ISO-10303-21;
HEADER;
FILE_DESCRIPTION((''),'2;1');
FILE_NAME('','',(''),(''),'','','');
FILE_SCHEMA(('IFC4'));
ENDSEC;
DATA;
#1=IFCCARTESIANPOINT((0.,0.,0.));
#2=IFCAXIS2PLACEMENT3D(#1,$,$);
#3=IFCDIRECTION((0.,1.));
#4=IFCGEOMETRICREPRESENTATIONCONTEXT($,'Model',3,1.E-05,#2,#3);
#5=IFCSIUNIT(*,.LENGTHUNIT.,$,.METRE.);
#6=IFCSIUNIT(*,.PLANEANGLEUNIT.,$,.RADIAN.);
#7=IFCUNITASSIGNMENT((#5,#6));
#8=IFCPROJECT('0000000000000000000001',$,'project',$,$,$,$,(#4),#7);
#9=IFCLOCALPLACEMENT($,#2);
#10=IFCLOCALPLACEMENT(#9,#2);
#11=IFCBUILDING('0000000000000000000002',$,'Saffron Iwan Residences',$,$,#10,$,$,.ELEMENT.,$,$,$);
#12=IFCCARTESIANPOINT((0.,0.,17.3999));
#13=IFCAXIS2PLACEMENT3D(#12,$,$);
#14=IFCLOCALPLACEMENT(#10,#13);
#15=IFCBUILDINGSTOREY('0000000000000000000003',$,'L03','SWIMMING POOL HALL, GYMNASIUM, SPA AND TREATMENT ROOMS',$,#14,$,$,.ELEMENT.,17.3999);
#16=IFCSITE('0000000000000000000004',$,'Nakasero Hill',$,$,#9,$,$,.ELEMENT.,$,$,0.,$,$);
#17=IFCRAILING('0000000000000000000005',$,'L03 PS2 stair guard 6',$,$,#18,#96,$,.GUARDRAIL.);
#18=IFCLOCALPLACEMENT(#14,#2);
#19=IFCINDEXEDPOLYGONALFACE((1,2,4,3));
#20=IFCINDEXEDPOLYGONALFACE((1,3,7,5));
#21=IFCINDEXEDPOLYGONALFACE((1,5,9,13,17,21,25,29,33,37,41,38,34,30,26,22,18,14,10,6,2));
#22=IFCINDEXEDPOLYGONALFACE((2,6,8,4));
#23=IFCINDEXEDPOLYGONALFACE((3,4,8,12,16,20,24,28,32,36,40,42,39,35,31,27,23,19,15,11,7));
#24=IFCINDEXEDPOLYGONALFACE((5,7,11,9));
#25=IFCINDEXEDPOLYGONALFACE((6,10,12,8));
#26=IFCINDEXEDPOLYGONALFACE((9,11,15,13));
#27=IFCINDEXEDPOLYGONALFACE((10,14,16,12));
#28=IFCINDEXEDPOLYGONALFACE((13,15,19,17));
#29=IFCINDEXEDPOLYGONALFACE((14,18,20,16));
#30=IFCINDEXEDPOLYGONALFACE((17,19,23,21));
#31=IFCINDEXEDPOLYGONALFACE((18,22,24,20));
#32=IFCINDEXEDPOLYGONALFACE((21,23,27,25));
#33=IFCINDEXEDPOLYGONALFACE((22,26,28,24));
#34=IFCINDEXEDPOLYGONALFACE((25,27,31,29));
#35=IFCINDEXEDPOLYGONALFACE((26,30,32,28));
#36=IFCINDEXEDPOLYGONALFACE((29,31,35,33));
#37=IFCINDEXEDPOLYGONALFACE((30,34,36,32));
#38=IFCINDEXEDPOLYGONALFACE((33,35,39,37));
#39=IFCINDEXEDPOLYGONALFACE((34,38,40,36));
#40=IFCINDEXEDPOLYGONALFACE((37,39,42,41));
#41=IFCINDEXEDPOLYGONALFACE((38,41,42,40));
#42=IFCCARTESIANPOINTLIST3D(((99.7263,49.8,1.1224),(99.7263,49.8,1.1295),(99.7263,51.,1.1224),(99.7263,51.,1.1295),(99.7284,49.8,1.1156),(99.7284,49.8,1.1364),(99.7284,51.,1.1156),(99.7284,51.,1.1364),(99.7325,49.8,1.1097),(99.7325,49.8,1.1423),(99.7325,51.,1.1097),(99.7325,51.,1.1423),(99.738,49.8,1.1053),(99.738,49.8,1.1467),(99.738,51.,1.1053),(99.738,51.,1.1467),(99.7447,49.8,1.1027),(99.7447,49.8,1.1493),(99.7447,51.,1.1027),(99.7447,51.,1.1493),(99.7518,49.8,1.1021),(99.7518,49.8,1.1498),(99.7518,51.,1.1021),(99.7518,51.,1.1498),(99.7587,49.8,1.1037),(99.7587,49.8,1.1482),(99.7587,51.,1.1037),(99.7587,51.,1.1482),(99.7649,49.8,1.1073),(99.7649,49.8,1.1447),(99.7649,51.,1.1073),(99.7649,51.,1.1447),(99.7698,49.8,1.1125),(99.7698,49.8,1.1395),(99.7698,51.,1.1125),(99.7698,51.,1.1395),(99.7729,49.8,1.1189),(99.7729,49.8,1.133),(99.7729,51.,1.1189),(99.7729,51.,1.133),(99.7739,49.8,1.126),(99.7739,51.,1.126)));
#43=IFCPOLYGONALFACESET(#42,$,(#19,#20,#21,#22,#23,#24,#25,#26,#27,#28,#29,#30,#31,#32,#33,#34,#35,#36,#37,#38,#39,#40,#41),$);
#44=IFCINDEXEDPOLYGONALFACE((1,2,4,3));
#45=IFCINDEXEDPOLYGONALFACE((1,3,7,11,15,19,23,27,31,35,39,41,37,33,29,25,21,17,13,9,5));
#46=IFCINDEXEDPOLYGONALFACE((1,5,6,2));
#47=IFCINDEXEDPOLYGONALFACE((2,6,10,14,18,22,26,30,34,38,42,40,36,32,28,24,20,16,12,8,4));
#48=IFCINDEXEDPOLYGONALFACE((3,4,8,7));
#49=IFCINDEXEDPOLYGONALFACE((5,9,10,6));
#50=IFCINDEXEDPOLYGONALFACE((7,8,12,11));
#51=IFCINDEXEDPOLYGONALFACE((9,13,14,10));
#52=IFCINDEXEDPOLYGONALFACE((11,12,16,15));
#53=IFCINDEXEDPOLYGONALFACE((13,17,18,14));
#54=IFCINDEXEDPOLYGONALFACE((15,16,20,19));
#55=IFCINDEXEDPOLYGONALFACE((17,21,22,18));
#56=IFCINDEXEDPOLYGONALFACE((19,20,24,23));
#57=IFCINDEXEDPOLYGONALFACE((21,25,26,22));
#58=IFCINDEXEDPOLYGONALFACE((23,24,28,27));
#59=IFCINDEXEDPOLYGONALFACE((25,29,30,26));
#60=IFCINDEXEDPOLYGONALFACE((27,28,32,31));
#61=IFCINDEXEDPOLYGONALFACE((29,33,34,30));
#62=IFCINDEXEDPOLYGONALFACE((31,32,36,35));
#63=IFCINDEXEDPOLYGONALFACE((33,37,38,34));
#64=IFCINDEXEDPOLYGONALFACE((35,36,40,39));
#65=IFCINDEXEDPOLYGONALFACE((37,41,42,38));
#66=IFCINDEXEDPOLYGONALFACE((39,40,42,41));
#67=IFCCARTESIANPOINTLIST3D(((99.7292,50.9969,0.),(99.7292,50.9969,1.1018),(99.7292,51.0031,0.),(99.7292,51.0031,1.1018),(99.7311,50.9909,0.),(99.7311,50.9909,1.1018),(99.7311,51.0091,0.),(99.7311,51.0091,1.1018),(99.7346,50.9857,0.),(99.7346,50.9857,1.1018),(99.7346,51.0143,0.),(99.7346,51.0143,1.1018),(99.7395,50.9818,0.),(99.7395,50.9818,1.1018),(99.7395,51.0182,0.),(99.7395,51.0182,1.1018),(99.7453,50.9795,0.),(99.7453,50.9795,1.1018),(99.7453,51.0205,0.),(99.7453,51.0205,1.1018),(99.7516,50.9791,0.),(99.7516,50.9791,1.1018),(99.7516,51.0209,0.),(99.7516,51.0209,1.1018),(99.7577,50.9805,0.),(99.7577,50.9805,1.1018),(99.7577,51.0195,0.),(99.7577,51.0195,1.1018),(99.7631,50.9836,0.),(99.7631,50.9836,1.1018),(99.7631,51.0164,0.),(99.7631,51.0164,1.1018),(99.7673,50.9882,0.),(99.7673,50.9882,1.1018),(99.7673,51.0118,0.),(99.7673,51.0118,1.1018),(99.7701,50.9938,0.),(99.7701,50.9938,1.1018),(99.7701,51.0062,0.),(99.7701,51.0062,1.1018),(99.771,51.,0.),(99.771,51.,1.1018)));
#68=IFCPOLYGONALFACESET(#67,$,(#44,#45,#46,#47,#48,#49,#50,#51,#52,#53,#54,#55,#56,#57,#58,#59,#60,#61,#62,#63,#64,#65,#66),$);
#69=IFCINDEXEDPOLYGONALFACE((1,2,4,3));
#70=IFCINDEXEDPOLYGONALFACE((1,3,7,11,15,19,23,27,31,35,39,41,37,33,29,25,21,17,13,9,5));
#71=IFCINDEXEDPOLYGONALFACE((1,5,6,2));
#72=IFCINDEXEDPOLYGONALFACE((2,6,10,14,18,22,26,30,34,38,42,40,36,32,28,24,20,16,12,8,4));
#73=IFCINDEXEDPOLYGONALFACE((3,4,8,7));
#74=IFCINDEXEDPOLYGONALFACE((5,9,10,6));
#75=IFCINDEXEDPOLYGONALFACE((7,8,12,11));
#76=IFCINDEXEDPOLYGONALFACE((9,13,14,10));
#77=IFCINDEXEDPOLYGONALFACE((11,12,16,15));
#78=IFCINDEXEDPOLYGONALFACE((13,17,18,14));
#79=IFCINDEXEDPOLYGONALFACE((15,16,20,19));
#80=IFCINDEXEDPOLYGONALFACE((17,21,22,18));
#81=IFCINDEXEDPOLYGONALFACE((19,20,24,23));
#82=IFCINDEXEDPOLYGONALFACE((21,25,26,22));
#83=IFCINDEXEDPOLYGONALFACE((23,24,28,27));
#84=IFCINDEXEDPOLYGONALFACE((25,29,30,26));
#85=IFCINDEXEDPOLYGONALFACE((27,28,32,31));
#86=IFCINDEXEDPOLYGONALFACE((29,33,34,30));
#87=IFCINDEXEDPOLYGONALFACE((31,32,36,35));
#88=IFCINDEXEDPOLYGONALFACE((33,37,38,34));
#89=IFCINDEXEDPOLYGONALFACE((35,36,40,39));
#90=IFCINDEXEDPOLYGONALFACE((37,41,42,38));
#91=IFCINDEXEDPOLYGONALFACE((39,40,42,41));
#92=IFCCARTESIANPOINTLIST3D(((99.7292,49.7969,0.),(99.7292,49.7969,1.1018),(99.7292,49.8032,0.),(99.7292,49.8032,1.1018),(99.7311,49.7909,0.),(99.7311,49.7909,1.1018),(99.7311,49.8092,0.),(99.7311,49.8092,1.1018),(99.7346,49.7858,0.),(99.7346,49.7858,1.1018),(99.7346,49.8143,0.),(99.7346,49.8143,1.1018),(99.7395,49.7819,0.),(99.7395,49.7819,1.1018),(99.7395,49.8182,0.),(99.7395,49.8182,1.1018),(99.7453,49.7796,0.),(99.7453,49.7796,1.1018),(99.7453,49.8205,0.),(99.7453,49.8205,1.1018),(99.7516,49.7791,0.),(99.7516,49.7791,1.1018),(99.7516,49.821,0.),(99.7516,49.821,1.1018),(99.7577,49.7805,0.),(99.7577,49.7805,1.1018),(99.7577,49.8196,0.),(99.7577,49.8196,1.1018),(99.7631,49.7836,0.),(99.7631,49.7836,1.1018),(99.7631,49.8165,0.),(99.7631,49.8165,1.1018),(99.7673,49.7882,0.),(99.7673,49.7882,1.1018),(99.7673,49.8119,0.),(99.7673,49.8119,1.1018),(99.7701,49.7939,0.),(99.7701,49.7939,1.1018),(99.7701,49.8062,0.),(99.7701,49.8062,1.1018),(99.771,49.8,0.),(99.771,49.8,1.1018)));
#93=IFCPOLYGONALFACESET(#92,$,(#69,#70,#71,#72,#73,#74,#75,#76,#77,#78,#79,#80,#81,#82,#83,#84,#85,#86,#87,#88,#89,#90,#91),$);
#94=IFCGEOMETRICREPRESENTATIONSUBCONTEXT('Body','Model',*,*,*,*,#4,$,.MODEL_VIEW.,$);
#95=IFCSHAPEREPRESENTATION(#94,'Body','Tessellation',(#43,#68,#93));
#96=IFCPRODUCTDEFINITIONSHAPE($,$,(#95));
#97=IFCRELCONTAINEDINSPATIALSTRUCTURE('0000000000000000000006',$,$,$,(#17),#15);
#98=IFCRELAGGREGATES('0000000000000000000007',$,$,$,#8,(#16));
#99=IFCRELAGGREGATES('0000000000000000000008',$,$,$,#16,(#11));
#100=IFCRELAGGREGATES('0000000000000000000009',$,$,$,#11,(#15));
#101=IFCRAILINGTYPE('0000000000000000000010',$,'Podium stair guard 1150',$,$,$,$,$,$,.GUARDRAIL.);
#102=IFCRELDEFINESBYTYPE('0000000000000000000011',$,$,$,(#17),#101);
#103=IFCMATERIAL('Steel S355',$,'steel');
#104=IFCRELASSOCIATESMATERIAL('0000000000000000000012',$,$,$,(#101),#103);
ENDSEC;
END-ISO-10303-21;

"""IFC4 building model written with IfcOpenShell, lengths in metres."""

from ifc_helpers import new_model, si_unit, direction, frame, origin, origin_2d, place, context, subcontext, project, spatial, circle, extrude, material, type_object, element, save


model = new_model("IFC4")

# Units and contexts
model_context = context("Model", 3, precision=1e-05, world=origin(), true_north=direction((0.0, 1.0)))
body_context = subcontext(model_context, "Body", "Model", "MODEL_VIEW")
ifc_project = project(units=[si_unit("LENGTHUNIT", "METRE"), si_unit("PLANEANGLEUNIT", "RADIAN")], contexts=[model_context])

# Site, building, storey
site_placement = place(None, origin())
site = spatial("IfcSite", under=ifc_project, at=site_placement, Name="Nakasero Hill", CompositionType="ELEMENT", RefElevation=0.0)
building_placement = place(site_placement, origin())
building = spatial("IfcBuilding", under=site, at=building_placement, Name="Saffron Iwan Residences", CompositionType="ELEMENT")
storey_placement = place(building_placement, frame((0.0, 0.0, 17.3999)))
storey = spatial("IfcBuildingStorey", under=building, at=storey_placement, Name="L03", Description="SWIMMING POOL HALL, GYMNASIUM, SPA AND TREATMENT ROOMS", CompositionType="ELEMENT", Elevation=17.3999)

# Railing
ifc_material_1 = material(Name="Steel S355", Category="steel")
railing_type_1 = type_object("IfcRailingType", Name="Podium stair guard 1150", PredefinedType="GUARDRAIL", material=ifc_material_1)
railing_1_placement = place(storey_placement, frame((99.75, 51.0, 0.0)))
element("IfcRailing", 1, at=railing_1_placement, inside=storey, type_object=railing_type_1, Name="L03 PS2 stair guard 6", PredefinedType="GUARDRAIL", context=body_context, shape_type="SweptSolid", body=[
    extrude(circle(Radius=0.0239, at=origin_2d()), frame((0.0, 0.0, 1.126), z_axis=(0.0, -1.0, 0.0), x_axis=(1.0, 0.0, 0.0)), (0.0, 0.0, 1.0), 1.2),
    extrude(circle(Radius=0.021, at=origin_2d()), origin(), (0.0, 0.0, 1.0), 1.1018),
    extrude(circle(Radius=0.021, at=origin_2d()), frame((0.0, -1.2, 0.0)), (0.0, 0.0, 1.0), 1.1018),
])

save(model, "model.ifc")
